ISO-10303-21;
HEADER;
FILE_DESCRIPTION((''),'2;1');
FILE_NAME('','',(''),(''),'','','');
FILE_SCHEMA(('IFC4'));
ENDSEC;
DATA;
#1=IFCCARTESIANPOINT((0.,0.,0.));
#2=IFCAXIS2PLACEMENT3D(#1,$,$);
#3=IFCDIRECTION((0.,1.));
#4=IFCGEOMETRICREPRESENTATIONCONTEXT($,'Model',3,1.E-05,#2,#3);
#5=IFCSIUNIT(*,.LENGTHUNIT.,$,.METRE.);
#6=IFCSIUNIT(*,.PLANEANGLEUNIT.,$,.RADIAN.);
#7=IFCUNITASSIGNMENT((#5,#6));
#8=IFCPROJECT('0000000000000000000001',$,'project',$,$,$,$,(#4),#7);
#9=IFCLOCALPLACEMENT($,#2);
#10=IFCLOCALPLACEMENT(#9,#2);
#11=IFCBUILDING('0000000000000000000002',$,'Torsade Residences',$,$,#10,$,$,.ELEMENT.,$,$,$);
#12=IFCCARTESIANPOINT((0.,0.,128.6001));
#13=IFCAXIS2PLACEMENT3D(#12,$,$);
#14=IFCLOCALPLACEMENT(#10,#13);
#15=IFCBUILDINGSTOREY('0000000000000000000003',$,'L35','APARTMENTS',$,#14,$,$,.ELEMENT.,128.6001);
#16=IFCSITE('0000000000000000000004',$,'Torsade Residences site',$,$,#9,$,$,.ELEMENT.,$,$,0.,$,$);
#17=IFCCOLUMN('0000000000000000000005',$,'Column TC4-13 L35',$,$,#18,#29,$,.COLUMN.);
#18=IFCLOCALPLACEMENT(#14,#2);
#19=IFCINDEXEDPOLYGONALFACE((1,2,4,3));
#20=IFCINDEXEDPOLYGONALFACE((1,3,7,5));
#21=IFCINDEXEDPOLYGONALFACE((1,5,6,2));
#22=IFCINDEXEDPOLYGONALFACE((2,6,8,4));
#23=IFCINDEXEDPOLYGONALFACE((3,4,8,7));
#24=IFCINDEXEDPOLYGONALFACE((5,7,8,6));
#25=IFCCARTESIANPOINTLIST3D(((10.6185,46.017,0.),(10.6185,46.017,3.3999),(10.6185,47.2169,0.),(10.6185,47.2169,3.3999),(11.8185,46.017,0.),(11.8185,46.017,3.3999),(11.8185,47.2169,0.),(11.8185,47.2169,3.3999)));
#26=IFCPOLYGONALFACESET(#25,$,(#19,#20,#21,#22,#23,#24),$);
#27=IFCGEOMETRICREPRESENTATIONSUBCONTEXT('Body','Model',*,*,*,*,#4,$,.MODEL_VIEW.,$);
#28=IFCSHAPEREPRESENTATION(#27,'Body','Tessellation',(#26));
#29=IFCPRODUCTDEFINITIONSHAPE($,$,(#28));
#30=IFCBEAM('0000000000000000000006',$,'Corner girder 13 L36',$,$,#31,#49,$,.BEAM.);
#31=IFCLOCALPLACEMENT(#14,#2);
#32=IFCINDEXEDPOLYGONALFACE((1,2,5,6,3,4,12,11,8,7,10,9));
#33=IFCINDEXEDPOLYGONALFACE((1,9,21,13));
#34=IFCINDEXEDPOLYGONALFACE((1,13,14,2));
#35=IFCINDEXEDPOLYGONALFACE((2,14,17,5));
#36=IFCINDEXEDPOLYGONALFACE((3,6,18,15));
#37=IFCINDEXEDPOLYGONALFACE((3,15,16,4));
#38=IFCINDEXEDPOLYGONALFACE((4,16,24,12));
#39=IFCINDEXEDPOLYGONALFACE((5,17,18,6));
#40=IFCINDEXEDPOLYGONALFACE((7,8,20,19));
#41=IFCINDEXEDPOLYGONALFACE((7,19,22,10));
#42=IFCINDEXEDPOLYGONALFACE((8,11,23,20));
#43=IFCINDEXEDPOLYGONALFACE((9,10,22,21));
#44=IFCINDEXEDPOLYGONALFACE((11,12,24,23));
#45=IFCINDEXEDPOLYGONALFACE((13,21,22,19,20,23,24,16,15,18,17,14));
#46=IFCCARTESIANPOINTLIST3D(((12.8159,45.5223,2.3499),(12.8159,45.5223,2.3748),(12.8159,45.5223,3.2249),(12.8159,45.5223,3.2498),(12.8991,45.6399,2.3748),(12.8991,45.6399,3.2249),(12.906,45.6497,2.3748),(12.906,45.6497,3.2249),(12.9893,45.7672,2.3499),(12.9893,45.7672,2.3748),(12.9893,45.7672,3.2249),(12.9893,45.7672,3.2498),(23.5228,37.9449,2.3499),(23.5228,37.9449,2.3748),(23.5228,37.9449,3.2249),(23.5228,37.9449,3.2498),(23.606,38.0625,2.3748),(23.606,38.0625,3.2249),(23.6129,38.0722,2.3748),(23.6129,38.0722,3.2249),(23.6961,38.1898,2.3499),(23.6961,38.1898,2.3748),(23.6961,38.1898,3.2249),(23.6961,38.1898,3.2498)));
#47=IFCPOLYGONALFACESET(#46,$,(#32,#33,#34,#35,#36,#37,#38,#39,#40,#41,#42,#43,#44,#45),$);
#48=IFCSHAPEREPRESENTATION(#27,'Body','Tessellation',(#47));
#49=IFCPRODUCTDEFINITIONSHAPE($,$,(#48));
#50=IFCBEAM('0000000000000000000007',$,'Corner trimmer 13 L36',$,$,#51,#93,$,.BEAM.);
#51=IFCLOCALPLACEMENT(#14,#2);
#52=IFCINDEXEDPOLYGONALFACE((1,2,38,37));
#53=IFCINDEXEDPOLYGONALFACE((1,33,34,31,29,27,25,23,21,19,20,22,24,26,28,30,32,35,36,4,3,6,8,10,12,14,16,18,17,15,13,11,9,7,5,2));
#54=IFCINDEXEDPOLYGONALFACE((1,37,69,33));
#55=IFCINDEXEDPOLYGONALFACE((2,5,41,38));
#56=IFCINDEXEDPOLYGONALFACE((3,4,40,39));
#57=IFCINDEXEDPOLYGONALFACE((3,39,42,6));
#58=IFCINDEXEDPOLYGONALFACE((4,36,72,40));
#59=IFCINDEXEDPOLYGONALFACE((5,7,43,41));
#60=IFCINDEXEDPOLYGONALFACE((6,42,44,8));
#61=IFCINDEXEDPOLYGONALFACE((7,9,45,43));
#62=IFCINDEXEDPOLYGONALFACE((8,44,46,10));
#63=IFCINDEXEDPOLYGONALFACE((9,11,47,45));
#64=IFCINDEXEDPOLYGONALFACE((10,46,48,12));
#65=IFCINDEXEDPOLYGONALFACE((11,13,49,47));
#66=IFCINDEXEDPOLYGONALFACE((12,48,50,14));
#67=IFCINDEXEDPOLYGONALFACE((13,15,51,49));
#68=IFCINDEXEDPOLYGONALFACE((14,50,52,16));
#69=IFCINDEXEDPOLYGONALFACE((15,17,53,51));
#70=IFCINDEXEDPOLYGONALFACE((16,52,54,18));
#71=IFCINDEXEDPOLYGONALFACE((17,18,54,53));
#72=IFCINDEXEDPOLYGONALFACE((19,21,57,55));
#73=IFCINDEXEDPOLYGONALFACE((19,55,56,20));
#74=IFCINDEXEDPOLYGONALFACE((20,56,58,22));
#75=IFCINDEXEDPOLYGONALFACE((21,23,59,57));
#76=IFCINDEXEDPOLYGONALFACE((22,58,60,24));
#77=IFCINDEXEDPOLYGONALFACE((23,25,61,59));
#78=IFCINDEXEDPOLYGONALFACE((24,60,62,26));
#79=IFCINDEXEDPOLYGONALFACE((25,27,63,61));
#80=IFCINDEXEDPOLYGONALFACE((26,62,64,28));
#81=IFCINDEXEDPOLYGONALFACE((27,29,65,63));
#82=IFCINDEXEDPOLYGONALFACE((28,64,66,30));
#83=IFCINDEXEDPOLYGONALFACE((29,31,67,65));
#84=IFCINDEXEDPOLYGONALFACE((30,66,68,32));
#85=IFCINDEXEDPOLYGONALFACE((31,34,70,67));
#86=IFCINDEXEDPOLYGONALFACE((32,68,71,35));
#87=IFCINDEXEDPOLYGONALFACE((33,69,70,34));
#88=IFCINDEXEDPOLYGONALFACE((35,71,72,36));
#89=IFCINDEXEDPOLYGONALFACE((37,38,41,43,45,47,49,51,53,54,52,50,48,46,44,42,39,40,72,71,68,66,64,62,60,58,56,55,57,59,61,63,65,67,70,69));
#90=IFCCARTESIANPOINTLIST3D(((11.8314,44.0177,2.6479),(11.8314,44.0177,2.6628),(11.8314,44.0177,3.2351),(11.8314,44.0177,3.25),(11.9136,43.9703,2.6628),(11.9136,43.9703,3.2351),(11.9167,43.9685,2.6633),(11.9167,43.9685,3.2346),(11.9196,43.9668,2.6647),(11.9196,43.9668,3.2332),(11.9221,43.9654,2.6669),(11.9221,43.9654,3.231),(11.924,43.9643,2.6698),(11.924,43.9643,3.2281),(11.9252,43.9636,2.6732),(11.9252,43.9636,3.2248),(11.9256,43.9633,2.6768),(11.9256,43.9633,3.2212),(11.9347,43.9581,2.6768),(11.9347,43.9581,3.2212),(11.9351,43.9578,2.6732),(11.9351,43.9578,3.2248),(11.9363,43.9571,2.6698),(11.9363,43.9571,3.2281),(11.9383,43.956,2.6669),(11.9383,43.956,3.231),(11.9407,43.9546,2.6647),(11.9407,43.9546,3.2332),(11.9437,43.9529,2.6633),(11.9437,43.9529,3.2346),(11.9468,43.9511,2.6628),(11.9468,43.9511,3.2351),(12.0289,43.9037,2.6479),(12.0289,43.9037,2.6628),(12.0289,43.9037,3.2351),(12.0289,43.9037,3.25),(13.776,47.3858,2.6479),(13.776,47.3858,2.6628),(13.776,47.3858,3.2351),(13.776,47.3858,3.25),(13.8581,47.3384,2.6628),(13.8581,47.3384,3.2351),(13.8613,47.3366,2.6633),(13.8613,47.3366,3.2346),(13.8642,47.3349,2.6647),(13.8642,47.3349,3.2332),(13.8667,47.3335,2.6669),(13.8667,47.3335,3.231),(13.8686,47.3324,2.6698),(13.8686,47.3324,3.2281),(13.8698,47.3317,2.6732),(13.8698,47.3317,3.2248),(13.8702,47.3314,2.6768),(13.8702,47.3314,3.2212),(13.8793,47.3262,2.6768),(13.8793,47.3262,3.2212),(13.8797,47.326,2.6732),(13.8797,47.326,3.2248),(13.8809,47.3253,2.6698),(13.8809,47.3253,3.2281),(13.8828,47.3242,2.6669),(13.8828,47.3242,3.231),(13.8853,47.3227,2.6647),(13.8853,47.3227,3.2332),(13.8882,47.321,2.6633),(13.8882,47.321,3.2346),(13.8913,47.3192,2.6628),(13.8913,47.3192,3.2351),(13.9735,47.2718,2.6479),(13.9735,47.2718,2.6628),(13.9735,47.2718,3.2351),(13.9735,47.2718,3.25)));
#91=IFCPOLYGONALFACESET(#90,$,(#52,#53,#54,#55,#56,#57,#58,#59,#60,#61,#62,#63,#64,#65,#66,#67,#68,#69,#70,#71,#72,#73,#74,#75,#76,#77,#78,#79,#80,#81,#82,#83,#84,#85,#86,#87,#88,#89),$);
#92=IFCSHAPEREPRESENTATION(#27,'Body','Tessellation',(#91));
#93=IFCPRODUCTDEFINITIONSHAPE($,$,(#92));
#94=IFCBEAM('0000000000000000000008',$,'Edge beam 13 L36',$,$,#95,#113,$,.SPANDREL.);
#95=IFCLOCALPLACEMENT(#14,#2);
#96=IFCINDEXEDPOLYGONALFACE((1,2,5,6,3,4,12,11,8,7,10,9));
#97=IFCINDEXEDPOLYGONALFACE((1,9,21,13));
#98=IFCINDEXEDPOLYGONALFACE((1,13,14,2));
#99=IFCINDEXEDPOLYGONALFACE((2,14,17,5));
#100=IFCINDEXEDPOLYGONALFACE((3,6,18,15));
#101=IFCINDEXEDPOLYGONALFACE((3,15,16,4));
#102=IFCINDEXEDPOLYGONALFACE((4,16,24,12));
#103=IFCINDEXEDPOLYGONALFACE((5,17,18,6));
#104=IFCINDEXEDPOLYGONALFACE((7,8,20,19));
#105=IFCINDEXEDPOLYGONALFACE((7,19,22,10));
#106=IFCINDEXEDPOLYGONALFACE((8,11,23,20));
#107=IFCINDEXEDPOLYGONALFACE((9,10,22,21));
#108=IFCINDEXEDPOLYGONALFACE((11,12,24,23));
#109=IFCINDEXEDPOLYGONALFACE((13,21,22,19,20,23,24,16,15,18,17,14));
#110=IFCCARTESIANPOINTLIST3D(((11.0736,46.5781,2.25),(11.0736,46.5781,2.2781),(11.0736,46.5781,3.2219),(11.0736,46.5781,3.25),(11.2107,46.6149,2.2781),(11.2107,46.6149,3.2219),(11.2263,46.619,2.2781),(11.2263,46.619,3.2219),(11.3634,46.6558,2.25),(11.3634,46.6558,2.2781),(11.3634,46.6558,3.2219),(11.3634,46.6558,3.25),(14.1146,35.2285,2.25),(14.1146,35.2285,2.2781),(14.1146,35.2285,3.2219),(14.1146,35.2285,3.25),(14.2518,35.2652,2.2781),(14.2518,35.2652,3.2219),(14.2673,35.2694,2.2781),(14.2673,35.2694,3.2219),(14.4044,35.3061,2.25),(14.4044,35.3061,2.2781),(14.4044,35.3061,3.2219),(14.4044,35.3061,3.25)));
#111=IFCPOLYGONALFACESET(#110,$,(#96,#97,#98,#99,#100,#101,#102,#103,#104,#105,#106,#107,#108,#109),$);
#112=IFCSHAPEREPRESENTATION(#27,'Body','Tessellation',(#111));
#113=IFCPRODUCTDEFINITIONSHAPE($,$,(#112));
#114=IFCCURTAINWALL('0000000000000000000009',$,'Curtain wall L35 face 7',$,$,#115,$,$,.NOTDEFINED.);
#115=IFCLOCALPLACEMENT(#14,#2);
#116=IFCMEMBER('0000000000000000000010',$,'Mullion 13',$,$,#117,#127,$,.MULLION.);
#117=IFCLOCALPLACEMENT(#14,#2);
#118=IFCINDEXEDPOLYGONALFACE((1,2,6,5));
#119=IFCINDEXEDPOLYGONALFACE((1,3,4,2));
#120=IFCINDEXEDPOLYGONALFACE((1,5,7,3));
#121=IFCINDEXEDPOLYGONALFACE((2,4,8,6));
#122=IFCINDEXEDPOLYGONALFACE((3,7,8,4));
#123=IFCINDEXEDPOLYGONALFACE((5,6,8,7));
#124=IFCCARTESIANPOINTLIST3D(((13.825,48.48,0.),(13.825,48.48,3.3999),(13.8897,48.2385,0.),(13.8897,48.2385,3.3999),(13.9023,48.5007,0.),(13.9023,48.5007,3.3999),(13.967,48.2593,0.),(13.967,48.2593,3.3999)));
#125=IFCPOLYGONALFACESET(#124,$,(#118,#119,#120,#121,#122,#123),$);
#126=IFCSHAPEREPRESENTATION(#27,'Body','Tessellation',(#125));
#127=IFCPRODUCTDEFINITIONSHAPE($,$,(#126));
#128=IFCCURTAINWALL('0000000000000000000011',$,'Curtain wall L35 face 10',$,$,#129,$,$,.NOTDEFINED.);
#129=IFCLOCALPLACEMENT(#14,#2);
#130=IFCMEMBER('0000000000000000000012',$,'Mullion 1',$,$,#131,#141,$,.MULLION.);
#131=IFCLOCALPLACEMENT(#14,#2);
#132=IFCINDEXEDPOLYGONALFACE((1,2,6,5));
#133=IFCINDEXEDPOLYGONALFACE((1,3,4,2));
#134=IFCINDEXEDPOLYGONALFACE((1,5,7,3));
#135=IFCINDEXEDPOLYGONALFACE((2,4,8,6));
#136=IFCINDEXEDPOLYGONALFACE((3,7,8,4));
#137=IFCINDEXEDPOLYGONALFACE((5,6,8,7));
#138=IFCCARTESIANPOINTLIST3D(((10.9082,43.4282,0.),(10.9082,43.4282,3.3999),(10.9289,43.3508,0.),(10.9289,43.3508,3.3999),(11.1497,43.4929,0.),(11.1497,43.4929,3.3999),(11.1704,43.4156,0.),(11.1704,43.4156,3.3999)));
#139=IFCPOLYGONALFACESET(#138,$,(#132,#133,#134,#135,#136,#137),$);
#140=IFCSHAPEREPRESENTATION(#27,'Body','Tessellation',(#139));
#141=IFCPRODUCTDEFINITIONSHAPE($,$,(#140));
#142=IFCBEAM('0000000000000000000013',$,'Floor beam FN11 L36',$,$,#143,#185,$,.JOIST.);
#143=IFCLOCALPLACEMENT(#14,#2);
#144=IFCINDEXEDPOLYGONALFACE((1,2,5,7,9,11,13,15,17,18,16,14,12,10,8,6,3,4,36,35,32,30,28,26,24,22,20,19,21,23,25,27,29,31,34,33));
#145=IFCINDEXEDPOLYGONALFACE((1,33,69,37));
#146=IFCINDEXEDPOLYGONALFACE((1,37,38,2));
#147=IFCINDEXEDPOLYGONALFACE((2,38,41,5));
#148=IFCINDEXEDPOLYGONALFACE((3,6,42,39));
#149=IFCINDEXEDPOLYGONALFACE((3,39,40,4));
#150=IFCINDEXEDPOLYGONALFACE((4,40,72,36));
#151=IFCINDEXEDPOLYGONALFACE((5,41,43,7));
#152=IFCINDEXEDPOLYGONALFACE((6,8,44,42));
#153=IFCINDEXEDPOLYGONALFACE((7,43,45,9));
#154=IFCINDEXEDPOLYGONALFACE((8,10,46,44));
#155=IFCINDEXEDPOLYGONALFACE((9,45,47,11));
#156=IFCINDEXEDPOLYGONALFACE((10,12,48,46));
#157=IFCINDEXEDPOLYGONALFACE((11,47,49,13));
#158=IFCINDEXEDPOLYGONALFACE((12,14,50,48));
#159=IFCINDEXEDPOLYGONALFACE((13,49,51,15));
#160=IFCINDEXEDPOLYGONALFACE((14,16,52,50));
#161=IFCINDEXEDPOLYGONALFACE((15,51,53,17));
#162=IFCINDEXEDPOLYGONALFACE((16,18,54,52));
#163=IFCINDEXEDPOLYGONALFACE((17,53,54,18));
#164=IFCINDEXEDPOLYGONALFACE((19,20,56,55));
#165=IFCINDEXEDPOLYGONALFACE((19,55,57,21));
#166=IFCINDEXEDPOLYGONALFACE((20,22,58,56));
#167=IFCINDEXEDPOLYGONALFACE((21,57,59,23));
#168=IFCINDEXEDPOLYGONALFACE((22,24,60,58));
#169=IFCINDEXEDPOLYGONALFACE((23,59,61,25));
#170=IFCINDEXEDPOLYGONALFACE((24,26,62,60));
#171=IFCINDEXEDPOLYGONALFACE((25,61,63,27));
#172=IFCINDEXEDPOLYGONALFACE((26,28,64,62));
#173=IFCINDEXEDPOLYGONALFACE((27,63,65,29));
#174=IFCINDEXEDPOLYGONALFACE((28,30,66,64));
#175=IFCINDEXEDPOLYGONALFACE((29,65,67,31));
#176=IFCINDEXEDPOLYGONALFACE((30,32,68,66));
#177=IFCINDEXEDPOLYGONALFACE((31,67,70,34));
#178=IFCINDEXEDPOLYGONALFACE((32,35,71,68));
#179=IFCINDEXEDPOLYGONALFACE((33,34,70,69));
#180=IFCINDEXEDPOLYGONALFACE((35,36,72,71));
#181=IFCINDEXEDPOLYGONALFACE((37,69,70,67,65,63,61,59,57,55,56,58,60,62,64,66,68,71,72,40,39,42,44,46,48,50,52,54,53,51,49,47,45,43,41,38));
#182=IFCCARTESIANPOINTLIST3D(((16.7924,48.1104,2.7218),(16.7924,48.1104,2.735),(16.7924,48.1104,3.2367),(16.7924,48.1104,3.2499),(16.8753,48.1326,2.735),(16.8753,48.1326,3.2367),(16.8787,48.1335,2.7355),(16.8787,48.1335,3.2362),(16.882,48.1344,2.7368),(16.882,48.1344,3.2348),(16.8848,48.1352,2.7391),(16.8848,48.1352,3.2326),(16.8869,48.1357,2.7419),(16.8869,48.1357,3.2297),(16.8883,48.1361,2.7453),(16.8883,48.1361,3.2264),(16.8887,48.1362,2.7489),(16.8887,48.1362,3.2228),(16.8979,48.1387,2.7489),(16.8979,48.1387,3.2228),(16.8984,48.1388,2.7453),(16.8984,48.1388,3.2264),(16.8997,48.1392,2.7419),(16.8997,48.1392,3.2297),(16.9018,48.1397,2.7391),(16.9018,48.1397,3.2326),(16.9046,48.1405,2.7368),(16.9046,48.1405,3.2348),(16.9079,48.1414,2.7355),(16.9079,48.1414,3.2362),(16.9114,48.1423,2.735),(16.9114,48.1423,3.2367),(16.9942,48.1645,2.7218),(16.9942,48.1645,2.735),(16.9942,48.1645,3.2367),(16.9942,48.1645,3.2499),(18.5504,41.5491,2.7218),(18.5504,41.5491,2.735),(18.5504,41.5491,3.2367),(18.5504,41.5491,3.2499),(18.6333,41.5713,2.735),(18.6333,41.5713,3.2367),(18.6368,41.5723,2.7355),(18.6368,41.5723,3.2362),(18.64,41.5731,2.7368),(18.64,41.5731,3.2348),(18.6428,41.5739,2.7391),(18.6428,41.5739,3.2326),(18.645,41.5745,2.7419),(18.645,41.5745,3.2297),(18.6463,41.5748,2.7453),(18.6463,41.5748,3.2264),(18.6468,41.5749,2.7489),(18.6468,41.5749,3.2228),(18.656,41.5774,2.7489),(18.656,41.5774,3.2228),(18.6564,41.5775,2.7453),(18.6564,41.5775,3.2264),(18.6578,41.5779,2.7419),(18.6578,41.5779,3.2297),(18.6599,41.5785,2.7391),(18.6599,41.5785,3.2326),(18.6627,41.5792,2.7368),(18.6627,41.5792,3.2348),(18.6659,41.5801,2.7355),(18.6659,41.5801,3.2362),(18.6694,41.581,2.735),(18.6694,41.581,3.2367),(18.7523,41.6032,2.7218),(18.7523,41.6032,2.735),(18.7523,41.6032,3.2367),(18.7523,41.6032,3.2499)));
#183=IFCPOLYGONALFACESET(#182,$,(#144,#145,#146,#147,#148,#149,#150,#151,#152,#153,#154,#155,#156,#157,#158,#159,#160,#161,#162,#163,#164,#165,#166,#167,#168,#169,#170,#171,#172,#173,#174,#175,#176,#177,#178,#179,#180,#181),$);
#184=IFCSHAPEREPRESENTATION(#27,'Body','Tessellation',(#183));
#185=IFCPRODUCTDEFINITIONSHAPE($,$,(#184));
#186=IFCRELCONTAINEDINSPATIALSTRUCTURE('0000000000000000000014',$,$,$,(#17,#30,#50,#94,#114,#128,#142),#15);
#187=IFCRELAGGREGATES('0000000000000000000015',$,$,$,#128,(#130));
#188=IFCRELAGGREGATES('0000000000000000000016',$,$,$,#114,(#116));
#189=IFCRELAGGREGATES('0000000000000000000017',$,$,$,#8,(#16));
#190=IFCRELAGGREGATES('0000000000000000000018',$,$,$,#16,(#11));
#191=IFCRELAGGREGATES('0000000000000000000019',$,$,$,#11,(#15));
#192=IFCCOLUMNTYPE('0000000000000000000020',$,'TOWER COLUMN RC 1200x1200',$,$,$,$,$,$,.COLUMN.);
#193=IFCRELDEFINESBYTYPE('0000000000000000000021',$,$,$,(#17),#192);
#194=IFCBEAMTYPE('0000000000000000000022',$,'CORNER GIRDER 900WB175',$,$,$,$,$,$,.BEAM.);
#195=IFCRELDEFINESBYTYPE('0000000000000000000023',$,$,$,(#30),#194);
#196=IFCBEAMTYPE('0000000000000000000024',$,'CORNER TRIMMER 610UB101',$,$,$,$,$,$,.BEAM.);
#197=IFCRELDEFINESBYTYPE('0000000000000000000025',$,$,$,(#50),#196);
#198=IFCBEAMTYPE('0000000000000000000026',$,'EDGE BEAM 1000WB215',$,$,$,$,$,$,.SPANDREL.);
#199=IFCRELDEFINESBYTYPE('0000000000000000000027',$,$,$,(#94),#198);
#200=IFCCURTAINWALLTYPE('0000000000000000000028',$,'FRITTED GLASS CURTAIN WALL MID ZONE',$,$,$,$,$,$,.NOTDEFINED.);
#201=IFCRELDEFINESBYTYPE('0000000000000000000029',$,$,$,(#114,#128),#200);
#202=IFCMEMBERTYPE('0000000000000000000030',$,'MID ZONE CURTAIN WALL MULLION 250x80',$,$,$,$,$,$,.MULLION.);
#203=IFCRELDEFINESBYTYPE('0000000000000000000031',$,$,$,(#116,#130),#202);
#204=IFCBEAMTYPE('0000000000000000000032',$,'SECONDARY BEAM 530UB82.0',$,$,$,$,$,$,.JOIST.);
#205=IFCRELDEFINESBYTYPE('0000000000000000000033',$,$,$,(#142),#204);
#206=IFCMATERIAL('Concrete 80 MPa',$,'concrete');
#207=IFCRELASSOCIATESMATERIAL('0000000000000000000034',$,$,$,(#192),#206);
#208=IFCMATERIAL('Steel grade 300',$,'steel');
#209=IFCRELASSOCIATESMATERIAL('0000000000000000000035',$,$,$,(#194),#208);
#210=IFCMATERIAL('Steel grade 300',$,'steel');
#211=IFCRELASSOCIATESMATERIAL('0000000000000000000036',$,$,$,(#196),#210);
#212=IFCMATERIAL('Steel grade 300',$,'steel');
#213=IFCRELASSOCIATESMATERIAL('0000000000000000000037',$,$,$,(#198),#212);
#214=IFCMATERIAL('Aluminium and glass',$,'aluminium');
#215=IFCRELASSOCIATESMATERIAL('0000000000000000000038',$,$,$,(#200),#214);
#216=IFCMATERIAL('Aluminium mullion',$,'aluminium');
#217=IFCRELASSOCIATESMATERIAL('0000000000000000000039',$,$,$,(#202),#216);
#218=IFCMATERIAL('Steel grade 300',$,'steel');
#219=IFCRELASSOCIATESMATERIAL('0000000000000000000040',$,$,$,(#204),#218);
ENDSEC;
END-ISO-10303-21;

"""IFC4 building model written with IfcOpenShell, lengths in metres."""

from ifc_helpers import new_model, si_unit, direction, frame, origin, origin_2d, place, context, subcontext, project, spatial, rectangle, i_section, extrude, material, material_profile, profile_set, type_object, element, aggregate, save


model = new_model("IFC4")

# Units and contexts
model_context = context("Model", 3, precision=1e-05, world=origin(), true_north=direction((0.0, 1.0)))
body_context = subcontext(model_context, "Body", "Model", "MODEL_VIEW")
ifc_project = project(units=[si_unit("LENGTHUNIT", "METRE"), si_unit("PLANEANGLEUNIT", "RADIAN")], contexts=[model_context])

# Site, building, storey
site_placement = place(None, origin())
site = spatial("IfcSite", under=ifc_project, at=site_placement, Name="Torsade Residences site", CompositionType="ELEMENT", RefElevation=0.0)
building_placement = place(site_placement, origin())
building = spatial("IfcBuilding", under=site, at=building_placement, Name="Torsade Residences", CompositionType="ELEMENT")
storey_placement = place(building_placement, frame((0.0, 0.0, 128.6001)))
storey = spatial("IfcBuildingStorey", under=building, at=storey_placement, Name="L35", Description="APARTMENTS", CompositionType="ELEMENT", Elevation=128.6001)

# Column
ifc_material_1 = material(Name="Concrete 80 MPa", Category="concrete")
ifc_material_profile_1 = material_profile(ifc_material_1, rectangle(XDim=1.2, YDim=1.2, at=origin_2d()), Name="RC 1200x1200")
ifc_profile_set_1 = profile_set([ifc_material_profile_1], Name="Concrete 80 MPa")
column_type = type_object("IfcColumnType", Name="TOWER COLUMN RC 1200x1200", PredefinedType="COLUMN", material=ifc_profile_set_1)
column_placement = place(storey_placement, frame((11.2185, 46.6169, 0.0), z_axis=(0.0, 0.0, 1.0), x_axis=(1.0, 0.0, 0.0)))
element("IfcColumn", 1, at=column_placement, inside=storey, type_object=column_type, Name="Column TC4-13 L35", PredefinedType="COLUMN", context=body_context, shape_type="SweptSolid", body=[
    extrude(rectangle(XDim=1.2, YDim=1.2, at=origin_2d()), origin(), (0.0, 0.0, 1.0), 3.3999),
])

# Beams
ifc_material_2 = material(Name="Steel grade 300", Category="steel")
ifc_material_profile_2 = material_profile(ifc_material_2, i_section(OverallWidth=0.3, OverallDepth=0.8999, WebThickness=0.012, FlangeThickness=0.0249, at=origin_2d()), Name="900WB175")
ifc_profile_set_2 = profile_set([ifc_material_profile_2], Name="Steel grade 300")
beam_type_1 = type_object("IfcBeamType", Name="CORNER GIRDER 900WB175", PredefinedType="BEAM", material=ifc_profile_set_2)
beam_1_placement = place(storey_placement, frame((12.9026, 45.6448, 2.7998), z_axis=(0.816261, -0.577683, 0.0), x_axis=(0.577683, 0.816261, 0.0)))
element("IfcBeam", 2, at=beam_1_placement, inside=storey, type_object=beam_type_1, Name="Corner girder 13 L36", PredefinedType="BEAM", context=body_context, shape_type="SweptSolid", body=[
    extrude(i_section(OverallWidth=0.3, OverallDepth=0.8999, WebThickness=0.012, FlangeThickness=0.0249, at=origin_2d()), origin(), (0.0, 0.0, 1.0), 13.1169),
])
ifc_material_3 = material(Name="Steel grade 300", Category="steel")
ifc_material_profile_3 = material_profile(ifc_material_3, i_section(OverallWidth=0.228, OverallDepth=0.6021, WebThickness=0.0105, FlangeThickness=0.0149, FilletRadius=0.0139, at=origin_2d()), Name="610UB101")
ifc_profile_set_3 = profile_set([ifc_material_profile_3], Name="Steel grade 300")
beam_type_2 = type_object("IfcBeamType", Name="CORNER TRIMMER 610UB101", PredefinedType="BEAM", material=ifc_profile_set_3)
beam_2_placement = place(storey_placement, frame((11.9302, 43.9607, 2.949), z_axis=(0.499994, 0.866029, 0.0), x_axis=(-0.866029, 0.499994, 0.0)))
element("IfcBeam", 3, at=beam_2_placement, inside=storey, type_object=beam_type_2, Name="Corner trimmer 13 L36", PredefinedType="BEAM", context=body_context, shape_type="SweptSolid", body=[
    extrude(i_section(OverallWidth=0.228, OverallDepth=0.6021, WebThickness=0.0105, FlangeThickness=0.0149, FilletRadius=0.0139, at=origin_2d()), origin(), (0.0, 0.0, 1.0), 3.8892),
])
ifc_material_4 = material(Name="Steel grade 300", Category="steel")
ifc_material_profile_4 = material_profile(ifc_material_4, i_section(OverallWidth=0.3, OverallDepth=1.0, WebThickness=0.0161, FlangeThickness=0.0281, at=origin_2d()), Name="1000WB215")
ifc_profile_set_4 = profile_set([ifc_material_profile_4], Name="Steel grade 300")
beam_type_3 = type_object("IfcBeamType", Name="EDGE BEAM 1000WB215", PredefinedType="SPANDREL", material=ifc_profile_set_4)
beam_3_placement = place(storey_placement, frame((11.2185, 46.6169, 2.75), z_axis=(0.258811, -0.965928, 0.0), x_axis=(0.965928, 0.258811, 0.0)))
element("IfcBeam", 4, at=beam_3_placement, inside=storey, type_object=beam_type_3, Name="Edge beam 13 L36", PredefinedType="SPANDREL", context=body_context, shape_type="SweptSolid", body=[
    extrude(i_section(OverallWidth=0.3, OverallDepth=1.0, WebThickness=0.0161, FlangeThickness=0.0281, at=origin_2d()), origin(), (0.0, 0.0, 1.0), 11.75),
])

# Curtain walls, members
ifc_material_5 = material(Name="Aluminium and glass", Category="aluminium")
curtain_wall_type = type_object("IfcCurtainWallType", Name="FRITTED GLASS CURTAIN WALL MID ZONE", PredefinedType="NOTDEFINED", material=ifc_material_5)
curtain_wall_1_placement = place(storey_placement, origin())
curtain_wall_1 = element("IfcCurtainWall", 5, at=curtain_wall_1_placement, inside=storey, type_object=curtain_wall_type, Name="Curtain wall L35 face 7", PredefinedType="NOTDEFINED")
ifc_material_6 = material(Name="Aluminium mullion", Category="aluminium")
ifc_material_profile_5 = material_profile(ifc_material_6, rectangle(XDim=0.25, YDim=0.0801, at=origin_2d()), Name="MID ZONE CURTAIN WALL MULLION 250x80")
ifc_profile_set_5 = profile_set([ifc_material_profile_5], Name="Aluminium mullion")
member_type = type_object("IfcMemberType", Name="MID ZONE CURTAIN WALL MULLION 250x80", PredefinedType="MULLION", material=ifc_profile_set_5)
member_1_placement = place(storey_placement, frame((13.896, 48.3696, 0.0), z_axis=(0.0, 0.0, 1.0), x_axis=(0.258819, -0.965926, 0.0)))
member_1 = element("IfcMember", 6, at=member_1_placement, type_object=member_type, Name="Mullion 13", PredefinedType="MULLION", context=body_context, shape_type="SweptSolid", body=[
    extrude(rectangle(XDim=0.25, YDim=0.0801, at=origin_2d()), origin(), (0.0, 0.0, 1.0), 3.3999),
])
curtain_wall_2_placement = place(storey_placement, origin())
curtain_wall_2 = element("IfcCurtainWall", 7, at=curtain_wall_2_placement, inside=storey, type_object=curtain_wall_type, Name="Curtain wall L35 face 10", PredefinedType="NOTDEFINED")
member_2_placement = place(storey_placement, frame((11.0393, 43.4219, 0.0), z_axis=(0.0, 0.0, 1.0), x_axis=(0.965926, 0.258819, 0.0)))
member_2 = element("IfcMember", 8, at=member_2_placement, type_object=member_type, Name="Mullion 1", PredefinedType="MULLION", context=body_context, shape_type="SweptSolid", body=[
    extrude(rectangle(XDim=0.25, YDim=0.0801, at=origin_2d()), origin(), (0.0, 0.0, 1.0), 3.3999),
])
aggregate(curtain_wall_2, [member_2])

# Beam
ifc_material_7 = material(Name="Steel grade 300", Category="steel")
ifc_material_profile_6 = material_profile(ifc_material_7, i_section(OverallWidth=0.209, OverallDepth=0.5281, WebThickness=0.0095, FlangeThickness=0.0132, FilletRadius=0.0139, at=origin_2d()), Name="530UB82.0")
ifc_profile_set_6 = profile_set([ifc_material_profile_6], Name="Steel grade 300")
beam_type_4 = type_object("IfcBeamType", Name="SECONDARY BEAM 530UB82.0", PredefinedType="JOIST", material=ifc_profile_set_6)
beam_4_placement = place(storey_placement, frame((16.8933, 48.1375, 2.9858), z_axis=(0.258815, -0.965927, 0.0), x_axis=(0.965927, 0.258815, 0.0)))
element("IfcBeam", 9, at=beam_4_placement, inside=storey, type_object=beam_type_4, Name="Floor beam FN11 L36", PredefinedType="JOIST", context=body_context, shape_type="SweptSolid", body=[
    extrude(i_section(OverallWidth=0.209, OverallDepth=0.5281, WebThickness=0.0095, FlangeThickness=0.0132, FilletRadius=0.0139, at=origin_2d()), origin(), (0.0, 0.0, 1.0), 6.7927),
])

aggregate(curtain_wall_1, [member_1])

save(model, "model.ifc")
